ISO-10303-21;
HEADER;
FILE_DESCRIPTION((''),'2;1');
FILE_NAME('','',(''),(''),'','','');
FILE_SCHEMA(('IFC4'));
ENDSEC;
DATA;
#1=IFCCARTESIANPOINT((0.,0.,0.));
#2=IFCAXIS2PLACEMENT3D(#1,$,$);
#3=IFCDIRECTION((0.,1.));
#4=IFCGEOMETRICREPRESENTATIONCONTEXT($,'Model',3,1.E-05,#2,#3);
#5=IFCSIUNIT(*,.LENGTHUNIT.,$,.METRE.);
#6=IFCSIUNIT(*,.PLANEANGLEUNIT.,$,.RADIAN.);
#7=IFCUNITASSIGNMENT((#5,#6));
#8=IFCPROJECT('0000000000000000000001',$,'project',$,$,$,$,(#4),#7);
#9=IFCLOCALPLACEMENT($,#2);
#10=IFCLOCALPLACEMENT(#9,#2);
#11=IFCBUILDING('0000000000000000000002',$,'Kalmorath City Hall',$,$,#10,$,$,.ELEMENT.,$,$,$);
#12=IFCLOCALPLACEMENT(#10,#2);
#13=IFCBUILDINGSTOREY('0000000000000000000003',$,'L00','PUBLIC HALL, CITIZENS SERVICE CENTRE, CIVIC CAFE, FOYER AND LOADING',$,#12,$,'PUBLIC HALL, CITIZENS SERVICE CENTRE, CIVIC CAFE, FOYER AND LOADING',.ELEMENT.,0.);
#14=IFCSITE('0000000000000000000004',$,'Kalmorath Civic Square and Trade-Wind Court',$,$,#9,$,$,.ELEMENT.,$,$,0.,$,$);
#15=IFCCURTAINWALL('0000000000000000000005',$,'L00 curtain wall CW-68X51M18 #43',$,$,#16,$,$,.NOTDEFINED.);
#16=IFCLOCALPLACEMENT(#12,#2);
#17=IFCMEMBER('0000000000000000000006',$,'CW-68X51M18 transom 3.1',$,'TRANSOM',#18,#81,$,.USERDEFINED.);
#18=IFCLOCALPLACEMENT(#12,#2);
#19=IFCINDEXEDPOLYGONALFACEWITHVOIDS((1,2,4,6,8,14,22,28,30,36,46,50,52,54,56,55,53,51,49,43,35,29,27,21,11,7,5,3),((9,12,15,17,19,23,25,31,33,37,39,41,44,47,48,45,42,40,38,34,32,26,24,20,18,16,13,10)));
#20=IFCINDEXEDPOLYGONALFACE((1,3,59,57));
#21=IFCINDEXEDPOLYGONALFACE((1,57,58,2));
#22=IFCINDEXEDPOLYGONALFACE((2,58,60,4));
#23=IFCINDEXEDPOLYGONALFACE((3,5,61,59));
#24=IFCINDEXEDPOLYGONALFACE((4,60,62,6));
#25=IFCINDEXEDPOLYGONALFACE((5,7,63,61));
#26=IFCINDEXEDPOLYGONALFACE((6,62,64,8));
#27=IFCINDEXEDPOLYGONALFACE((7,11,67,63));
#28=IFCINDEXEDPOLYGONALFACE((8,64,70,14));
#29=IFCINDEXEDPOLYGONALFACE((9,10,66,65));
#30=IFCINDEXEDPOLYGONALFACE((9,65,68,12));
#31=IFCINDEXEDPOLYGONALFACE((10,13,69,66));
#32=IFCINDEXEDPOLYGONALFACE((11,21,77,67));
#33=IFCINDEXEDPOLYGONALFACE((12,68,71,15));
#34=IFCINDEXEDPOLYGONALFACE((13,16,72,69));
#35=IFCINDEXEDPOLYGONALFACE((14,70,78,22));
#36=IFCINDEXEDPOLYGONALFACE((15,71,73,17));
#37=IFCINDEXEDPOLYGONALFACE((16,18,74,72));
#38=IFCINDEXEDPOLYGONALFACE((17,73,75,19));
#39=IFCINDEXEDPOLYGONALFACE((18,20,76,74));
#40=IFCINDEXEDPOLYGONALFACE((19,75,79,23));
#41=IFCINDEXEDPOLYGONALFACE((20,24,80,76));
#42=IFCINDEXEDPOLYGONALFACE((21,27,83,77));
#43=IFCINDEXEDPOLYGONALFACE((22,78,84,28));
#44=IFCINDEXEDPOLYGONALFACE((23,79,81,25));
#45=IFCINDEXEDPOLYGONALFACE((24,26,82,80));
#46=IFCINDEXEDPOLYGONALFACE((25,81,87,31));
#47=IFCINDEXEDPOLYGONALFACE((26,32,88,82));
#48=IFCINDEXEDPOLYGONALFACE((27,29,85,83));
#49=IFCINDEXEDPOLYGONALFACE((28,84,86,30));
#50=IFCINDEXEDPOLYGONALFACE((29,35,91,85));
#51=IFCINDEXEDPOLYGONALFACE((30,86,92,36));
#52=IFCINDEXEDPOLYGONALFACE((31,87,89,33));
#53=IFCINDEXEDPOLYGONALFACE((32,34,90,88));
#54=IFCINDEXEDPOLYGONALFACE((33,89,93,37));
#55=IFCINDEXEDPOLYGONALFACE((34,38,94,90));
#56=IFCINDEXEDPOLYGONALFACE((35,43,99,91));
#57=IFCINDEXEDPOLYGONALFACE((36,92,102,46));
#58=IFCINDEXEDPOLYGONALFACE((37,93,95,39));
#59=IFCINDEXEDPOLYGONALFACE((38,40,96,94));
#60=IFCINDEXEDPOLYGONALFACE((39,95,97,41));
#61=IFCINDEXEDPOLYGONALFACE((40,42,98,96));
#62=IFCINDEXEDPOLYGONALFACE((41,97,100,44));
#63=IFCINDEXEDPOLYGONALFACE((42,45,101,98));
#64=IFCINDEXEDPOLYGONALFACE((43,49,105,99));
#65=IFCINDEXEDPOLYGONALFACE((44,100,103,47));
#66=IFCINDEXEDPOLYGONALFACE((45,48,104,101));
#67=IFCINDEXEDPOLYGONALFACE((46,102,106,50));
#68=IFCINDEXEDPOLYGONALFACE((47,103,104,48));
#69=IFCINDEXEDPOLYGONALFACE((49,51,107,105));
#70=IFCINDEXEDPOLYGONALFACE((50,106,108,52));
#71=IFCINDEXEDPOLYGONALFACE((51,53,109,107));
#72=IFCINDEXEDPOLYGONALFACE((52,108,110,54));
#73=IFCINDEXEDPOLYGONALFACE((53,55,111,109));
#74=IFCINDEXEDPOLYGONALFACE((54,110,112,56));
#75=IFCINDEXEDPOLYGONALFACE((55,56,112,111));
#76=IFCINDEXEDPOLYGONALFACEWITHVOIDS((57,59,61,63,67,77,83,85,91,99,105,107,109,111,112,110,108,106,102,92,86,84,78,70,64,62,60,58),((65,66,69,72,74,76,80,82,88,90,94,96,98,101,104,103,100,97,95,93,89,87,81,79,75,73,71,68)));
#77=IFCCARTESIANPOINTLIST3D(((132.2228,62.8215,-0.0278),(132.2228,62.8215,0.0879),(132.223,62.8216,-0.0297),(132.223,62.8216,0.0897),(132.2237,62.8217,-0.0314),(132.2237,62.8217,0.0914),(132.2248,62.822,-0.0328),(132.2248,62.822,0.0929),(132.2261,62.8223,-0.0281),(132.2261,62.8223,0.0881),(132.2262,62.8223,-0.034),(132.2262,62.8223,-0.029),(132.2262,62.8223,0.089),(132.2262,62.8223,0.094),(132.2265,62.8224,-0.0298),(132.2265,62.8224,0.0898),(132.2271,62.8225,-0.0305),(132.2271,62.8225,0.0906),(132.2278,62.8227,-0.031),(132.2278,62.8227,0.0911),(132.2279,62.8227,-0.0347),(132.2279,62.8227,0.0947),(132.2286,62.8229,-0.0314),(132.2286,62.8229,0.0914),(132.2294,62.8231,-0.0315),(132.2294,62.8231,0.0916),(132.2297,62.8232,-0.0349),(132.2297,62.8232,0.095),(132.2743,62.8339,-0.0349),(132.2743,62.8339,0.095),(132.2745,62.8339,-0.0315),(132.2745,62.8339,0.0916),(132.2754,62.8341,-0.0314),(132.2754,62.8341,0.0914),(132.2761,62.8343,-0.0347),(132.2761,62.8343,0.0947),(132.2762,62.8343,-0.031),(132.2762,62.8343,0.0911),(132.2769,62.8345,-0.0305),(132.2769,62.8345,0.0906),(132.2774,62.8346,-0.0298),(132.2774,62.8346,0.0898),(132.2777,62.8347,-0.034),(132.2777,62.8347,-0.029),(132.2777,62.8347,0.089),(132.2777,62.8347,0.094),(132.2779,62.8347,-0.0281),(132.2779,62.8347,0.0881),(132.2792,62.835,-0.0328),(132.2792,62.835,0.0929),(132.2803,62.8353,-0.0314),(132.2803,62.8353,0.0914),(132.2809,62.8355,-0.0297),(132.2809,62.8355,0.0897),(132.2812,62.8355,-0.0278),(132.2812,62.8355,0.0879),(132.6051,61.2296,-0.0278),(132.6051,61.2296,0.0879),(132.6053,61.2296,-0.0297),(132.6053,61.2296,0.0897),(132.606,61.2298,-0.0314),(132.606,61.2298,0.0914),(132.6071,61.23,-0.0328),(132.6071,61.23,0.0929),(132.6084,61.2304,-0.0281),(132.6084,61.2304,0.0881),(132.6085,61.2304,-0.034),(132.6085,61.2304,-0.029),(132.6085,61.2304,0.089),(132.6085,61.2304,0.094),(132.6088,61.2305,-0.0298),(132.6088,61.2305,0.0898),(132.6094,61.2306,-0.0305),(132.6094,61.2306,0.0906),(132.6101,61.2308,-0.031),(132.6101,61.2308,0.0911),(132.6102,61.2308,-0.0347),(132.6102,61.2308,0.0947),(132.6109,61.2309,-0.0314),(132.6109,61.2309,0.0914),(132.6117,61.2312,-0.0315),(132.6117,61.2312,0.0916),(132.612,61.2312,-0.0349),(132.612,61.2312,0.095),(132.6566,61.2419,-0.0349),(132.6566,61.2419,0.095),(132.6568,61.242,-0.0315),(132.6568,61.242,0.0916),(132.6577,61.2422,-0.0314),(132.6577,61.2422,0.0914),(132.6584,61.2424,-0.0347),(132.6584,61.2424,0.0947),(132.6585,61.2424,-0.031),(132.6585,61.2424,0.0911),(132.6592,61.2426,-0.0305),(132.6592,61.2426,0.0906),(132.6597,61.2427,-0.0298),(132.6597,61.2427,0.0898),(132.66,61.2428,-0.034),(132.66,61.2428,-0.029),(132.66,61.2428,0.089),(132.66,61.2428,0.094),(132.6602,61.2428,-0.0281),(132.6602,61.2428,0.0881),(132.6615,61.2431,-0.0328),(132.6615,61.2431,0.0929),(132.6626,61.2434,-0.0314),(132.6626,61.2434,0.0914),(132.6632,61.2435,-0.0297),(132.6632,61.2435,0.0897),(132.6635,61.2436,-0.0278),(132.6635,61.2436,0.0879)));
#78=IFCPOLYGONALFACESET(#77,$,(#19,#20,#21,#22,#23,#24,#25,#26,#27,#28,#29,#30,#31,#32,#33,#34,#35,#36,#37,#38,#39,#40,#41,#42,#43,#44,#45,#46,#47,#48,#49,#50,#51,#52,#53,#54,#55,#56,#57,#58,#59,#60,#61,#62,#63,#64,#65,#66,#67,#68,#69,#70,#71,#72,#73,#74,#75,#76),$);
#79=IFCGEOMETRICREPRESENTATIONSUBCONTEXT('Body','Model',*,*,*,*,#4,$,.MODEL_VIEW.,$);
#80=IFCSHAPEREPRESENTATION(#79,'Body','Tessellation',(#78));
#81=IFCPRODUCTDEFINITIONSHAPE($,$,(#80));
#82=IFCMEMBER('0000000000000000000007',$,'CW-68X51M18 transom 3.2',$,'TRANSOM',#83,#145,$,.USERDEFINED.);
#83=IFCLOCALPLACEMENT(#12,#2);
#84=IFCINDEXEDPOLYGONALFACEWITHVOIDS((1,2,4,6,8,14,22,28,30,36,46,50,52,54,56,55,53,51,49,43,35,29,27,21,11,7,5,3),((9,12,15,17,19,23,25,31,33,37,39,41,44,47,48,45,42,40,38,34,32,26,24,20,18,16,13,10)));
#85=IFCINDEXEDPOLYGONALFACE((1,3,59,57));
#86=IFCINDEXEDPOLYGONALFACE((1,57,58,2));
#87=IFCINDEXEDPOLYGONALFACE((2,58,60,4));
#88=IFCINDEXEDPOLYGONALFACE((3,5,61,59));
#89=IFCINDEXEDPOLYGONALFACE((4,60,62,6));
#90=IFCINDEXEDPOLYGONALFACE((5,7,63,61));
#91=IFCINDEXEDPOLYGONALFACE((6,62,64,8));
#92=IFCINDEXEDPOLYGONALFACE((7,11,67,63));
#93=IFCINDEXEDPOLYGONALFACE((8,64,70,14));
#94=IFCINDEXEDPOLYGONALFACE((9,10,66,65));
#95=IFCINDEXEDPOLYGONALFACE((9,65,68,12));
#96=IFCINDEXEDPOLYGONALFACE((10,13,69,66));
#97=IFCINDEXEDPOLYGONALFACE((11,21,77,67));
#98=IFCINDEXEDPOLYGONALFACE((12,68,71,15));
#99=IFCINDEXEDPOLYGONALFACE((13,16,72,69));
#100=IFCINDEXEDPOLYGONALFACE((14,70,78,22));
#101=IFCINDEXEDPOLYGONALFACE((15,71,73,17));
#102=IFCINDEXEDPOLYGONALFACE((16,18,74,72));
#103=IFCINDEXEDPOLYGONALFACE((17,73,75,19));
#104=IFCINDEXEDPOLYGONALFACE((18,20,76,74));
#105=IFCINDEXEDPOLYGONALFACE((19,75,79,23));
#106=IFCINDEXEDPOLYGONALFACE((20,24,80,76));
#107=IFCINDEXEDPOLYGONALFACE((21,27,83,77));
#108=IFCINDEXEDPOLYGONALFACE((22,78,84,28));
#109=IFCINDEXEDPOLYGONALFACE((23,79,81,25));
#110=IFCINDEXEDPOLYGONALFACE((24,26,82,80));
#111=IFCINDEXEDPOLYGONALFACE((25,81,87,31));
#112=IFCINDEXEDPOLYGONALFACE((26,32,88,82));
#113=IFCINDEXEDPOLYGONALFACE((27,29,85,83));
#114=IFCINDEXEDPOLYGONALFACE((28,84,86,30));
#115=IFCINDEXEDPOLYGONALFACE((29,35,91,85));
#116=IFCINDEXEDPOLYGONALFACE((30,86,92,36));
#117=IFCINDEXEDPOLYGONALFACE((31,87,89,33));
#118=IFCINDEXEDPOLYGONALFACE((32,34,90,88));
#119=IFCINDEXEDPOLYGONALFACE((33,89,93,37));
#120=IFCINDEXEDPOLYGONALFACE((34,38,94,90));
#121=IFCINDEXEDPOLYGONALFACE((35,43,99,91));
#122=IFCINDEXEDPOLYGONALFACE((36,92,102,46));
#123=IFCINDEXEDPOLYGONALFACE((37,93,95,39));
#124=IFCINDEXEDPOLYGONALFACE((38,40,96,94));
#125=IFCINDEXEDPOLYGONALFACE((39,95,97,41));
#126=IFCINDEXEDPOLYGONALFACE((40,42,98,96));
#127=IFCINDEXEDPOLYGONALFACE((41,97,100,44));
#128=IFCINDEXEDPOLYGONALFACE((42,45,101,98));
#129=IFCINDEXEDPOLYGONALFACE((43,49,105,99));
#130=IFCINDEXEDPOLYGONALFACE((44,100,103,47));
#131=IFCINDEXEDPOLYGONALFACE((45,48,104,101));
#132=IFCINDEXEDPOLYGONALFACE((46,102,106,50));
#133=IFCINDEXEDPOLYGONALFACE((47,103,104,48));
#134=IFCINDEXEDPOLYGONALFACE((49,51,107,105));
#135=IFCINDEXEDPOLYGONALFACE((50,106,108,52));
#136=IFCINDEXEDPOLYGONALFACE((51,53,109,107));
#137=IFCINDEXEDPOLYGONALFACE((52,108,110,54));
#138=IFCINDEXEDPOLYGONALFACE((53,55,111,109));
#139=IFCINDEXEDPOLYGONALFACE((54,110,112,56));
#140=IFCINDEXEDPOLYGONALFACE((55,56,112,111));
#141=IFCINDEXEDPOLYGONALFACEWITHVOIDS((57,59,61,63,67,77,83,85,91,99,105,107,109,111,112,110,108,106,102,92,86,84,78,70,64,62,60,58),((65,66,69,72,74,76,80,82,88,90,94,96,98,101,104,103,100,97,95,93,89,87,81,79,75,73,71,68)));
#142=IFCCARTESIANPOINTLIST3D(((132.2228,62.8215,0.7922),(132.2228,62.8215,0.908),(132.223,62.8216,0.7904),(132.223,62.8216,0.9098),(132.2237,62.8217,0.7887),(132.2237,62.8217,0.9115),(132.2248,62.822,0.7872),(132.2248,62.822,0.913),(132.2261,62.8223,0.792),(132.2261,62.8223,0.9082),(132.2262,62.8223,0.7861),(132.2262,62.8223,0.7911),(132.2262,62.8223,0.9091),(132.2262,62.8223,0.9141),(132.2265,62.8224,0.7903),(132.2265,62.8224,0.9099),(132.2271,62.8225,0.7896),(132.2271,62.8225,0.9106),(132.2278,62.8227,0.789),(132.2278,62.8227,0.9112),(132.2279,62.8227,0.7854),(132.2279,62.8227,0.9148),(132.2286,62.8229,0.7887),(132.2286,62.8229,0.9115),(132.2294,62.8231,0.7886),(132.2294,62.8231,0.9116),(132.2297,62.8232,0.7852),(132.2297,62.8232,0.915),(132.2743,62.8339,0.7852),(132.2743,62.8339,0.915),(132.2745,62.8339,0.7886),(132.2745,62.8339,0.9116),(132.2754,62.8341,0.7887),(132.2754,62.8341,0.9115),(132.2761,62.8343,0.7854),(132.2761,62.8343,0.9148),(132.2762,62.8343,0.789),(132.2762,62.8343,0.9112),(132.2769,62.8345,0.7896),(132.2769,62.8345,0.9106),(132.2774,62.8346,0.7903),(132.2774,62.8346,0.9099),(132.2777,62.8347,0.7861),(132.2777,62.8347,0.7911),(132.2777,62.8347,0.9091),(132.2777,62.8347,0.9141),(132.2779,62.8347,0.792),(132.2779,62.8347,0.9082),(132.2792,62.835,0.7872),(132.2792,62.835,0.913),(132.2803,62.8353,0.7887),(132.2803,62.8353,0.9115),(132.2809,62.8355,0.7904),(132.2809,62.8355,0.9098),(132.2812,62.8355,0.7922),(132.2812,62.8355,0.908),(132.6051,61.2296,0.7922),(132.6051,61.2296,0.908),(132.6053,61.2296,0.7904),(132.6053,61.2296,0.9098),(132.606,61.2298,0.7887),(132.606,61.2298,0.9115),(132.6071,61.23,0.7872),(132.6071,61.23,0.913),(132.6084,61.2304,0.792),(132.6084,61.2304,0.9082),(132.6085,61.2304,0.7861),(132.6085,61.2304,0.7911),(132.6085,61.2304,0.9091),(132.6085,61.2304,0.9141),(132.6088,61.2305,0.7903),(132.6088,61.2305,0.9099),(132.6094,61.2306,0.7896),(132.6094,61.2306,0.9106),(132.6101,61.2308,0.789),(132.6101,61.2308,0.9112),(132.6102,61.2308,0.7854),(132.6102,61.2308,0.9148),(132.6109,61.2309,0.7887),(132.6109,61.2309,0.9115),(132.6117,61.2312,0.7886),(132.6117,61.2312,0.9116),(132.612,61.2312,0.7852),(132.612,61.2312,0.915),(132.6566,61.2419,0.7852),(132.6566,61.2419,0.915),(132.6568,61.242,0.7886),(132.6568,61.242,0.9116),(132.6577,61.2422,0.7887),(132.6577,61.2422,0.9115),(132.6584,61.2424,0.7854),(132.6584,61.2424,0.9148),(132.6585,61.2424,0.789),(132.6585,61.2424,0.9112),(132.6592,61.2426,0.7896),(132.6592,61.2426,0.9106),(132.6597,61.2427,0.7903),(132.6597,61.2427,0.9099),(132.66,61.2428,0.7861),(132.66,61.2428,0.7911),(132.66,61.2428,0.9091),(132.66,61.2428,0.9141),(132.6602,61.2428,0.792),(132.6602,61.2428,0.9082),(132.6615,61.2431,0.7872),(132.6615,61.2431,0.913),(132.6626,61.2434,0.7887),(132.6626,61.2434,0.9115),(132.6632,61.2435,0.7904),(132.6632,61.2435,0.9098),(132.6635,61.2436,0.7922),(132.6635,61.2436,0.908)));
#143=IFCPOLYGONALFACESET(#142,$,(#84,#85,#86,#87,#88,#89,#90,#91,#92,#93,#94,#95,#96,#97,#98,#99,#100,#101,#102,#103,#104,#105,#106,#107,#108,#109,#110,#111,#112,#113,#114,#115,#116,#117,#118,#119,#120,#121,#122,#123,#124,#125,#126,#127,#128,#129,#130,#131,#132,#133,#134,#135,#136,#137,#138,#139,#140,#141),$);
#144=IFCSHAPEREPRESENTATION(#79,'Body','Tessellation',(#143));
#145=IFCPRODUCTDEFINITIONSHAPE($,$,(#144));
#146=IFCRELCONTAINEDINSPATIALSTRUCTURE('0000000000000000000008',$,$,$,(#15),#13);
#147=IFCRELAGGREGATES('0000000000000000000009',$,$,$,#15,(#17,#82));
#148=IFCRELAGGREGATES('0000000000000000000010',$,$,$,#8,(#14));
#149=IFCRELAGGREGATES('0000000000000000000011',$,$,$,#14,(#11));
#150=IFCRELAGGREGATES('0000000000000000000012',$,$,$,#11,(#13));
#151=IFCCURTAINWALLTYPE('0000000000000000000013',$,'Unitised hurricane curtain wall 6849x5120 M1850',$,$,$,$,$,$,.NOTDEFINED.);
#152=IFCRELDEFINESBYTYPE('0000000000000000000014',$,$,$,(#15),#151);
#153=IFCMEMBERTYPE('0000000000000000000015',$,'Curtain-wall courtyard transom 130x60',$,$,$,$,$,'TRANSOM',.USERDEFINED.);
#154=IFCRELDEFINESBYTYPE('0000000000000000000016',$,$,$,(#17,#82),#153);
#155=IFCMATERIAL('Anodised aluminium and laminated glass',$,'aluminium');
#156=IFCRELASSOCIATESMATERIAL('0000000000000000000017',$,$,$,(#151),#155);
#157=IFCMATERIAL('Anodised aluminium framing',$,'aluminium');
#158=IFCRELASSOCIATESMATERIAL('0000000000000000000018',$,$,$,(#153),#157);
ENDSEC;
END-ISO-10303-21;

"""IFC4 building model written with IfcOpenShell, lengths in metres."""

from ifc_helpers import new_model, si_unit, direction, frame, origin, origin_2d, place, context, subcontext, project, spatial, hollow_rectangle, extrude, material, material_profile, profile_set, type_object, element, aggregate, save


model = new_model("IFC4")

# Units and contexts
model_context = context("Model", 3, precision=1e-05, world=origin(), true_north=direction((0.0, 1.0)))
body_context = subcontext(model_context, "Body", "Model", "MODEL_VIEW")
ifc_project = project(units=[si_unit("LENGTHUNIT", "METRE"), si_unit("PLANEANGLEUNIT", "RADIAN")], contexts=[model_context])

# Site, building, storey
site_placement = place(None, origin())
site = spatial("IfcSite", under=ifc_project, at=site_placement, Name="Kalmorath Civic Square and Trade-Wind Court", CompositionType="ELEMENT", RefElevation=0.0)
building_placement = place(site_placement, origin())
building = spatial("IfcBuilding", under=site, at=building_placement, Name="Kalmorath City Hall", CompositionType="ELEMENT")
storey_placement = place(building_placement, origin())
storey = spatial("IfcBuildingStorey", under=building, at=storey_placement, Name="L00", Description="PUBLIC HALL, CITIZENS SERVICE CENTRE, CIVIC CAFE, FOYER AND LOADING", LongName="PUBLIC HALL, CITIZENS SERVICE CENTRE, CIVIC CAFE, FOYER AND LOADING", CompositionType="ELEMENT", Elevation=0.0)

# Curtain wall, members
ifc_material_1 = material(Name="Anodised aluminium and laminated glass", Category="aluminium")
curtain_wall_type = type_object("IfcCurtainWallType", Name="Unitised hurricane curtain wall 6849x5120 M1850", PredefinedType="NOTDEFINED", material=ifc_material_1)
curtain_wall_placement = place(storey_placement, origin())
curtain_wall = element("IfcCurtainWall", 1, at=curtain_wall_placement, inside=storey, type_object=curtain_wall_type, Name="L00 curtain wall CW-68X51M18 #43", PredefinedType="NOTDEFINED")
ifc_material_2 = material(Name="Anodised aluminium framing", Category="aluminium")
ifc_material_profile_1 = material_profile(ifc_material_2, hollow_rectangle(XDim=0.0601, YDim=0.1299, WallThickness=0.0034, InnerFilletRadius=0.0034, OuterFilletRadius=0.0071, at=origin_2d()), Name="ALU-TRN-130X60X3.5")
ifc_profile_set_1 = profile_set([ifc_material_profile_1], Name="Anodised aluminium framing")
member_type_1 = type_object("IfcMemberType", Name="Curtain-wall courtyard transom 130x60", ElementType="TRANSOM", PredefinedType="USERDEFINED", material=ifc_profile_set_1)
member_1_placement = place(storey_placement, frame((132.6343, 61.2366, 0.03), z_axis=(-0.233508, 0.972355, 0.0), x_axis=(-0.972355, -0.233508, 0.0)))
member_1 = element("IfcMember", 2, at=member_1_placement, type_object=member_type_1, Name="CW-68X51M18 transom 3.1", ObjectType="TRANSOM", PredefinedType="USERDEFINED", context=body_context, shape_type="SweptSolid", body=[
    extrude(hollow_rectangle(XDim=0.0601, YDim=0.1299, WallThickness=0.0034, InnerFilletRadius=0.0034, OuterFilletRadius=0.0071, at=origin_2d()), origin(), (0.0, 0.0, 1.0), 1.6372),
])
member_2_placement = place(storey_placement, frame((132.6343, 61.2366, 0.8501), z_axis=(-0.233508, 0.972355, 0.0), x_axis=(-0.972355, -0.233508, 0.0)))
member_2 = element("IfcMember", 3, at=member_2_placement, type_object=member_type_1, Name="CW-68X51M18 transom 3.2", ObjectType="TRANSOM", PredefinedType="USERDEFINED", context=body_context, shape_type="SweptSolid", body=[
    extrude(hollow_rectangle(XDim=0.0601, YDim=0.1299, WallThickness=0.0034, InnerFilletRadius=0.0034, OuterFilletRadius=0.0071, at=origin_2d()), origin(), (0.0, 0.0, 1.0), 1.6372),
])
aggregate(curtain_wall, [member_1, member_2])

save(model, "model.ifc")
